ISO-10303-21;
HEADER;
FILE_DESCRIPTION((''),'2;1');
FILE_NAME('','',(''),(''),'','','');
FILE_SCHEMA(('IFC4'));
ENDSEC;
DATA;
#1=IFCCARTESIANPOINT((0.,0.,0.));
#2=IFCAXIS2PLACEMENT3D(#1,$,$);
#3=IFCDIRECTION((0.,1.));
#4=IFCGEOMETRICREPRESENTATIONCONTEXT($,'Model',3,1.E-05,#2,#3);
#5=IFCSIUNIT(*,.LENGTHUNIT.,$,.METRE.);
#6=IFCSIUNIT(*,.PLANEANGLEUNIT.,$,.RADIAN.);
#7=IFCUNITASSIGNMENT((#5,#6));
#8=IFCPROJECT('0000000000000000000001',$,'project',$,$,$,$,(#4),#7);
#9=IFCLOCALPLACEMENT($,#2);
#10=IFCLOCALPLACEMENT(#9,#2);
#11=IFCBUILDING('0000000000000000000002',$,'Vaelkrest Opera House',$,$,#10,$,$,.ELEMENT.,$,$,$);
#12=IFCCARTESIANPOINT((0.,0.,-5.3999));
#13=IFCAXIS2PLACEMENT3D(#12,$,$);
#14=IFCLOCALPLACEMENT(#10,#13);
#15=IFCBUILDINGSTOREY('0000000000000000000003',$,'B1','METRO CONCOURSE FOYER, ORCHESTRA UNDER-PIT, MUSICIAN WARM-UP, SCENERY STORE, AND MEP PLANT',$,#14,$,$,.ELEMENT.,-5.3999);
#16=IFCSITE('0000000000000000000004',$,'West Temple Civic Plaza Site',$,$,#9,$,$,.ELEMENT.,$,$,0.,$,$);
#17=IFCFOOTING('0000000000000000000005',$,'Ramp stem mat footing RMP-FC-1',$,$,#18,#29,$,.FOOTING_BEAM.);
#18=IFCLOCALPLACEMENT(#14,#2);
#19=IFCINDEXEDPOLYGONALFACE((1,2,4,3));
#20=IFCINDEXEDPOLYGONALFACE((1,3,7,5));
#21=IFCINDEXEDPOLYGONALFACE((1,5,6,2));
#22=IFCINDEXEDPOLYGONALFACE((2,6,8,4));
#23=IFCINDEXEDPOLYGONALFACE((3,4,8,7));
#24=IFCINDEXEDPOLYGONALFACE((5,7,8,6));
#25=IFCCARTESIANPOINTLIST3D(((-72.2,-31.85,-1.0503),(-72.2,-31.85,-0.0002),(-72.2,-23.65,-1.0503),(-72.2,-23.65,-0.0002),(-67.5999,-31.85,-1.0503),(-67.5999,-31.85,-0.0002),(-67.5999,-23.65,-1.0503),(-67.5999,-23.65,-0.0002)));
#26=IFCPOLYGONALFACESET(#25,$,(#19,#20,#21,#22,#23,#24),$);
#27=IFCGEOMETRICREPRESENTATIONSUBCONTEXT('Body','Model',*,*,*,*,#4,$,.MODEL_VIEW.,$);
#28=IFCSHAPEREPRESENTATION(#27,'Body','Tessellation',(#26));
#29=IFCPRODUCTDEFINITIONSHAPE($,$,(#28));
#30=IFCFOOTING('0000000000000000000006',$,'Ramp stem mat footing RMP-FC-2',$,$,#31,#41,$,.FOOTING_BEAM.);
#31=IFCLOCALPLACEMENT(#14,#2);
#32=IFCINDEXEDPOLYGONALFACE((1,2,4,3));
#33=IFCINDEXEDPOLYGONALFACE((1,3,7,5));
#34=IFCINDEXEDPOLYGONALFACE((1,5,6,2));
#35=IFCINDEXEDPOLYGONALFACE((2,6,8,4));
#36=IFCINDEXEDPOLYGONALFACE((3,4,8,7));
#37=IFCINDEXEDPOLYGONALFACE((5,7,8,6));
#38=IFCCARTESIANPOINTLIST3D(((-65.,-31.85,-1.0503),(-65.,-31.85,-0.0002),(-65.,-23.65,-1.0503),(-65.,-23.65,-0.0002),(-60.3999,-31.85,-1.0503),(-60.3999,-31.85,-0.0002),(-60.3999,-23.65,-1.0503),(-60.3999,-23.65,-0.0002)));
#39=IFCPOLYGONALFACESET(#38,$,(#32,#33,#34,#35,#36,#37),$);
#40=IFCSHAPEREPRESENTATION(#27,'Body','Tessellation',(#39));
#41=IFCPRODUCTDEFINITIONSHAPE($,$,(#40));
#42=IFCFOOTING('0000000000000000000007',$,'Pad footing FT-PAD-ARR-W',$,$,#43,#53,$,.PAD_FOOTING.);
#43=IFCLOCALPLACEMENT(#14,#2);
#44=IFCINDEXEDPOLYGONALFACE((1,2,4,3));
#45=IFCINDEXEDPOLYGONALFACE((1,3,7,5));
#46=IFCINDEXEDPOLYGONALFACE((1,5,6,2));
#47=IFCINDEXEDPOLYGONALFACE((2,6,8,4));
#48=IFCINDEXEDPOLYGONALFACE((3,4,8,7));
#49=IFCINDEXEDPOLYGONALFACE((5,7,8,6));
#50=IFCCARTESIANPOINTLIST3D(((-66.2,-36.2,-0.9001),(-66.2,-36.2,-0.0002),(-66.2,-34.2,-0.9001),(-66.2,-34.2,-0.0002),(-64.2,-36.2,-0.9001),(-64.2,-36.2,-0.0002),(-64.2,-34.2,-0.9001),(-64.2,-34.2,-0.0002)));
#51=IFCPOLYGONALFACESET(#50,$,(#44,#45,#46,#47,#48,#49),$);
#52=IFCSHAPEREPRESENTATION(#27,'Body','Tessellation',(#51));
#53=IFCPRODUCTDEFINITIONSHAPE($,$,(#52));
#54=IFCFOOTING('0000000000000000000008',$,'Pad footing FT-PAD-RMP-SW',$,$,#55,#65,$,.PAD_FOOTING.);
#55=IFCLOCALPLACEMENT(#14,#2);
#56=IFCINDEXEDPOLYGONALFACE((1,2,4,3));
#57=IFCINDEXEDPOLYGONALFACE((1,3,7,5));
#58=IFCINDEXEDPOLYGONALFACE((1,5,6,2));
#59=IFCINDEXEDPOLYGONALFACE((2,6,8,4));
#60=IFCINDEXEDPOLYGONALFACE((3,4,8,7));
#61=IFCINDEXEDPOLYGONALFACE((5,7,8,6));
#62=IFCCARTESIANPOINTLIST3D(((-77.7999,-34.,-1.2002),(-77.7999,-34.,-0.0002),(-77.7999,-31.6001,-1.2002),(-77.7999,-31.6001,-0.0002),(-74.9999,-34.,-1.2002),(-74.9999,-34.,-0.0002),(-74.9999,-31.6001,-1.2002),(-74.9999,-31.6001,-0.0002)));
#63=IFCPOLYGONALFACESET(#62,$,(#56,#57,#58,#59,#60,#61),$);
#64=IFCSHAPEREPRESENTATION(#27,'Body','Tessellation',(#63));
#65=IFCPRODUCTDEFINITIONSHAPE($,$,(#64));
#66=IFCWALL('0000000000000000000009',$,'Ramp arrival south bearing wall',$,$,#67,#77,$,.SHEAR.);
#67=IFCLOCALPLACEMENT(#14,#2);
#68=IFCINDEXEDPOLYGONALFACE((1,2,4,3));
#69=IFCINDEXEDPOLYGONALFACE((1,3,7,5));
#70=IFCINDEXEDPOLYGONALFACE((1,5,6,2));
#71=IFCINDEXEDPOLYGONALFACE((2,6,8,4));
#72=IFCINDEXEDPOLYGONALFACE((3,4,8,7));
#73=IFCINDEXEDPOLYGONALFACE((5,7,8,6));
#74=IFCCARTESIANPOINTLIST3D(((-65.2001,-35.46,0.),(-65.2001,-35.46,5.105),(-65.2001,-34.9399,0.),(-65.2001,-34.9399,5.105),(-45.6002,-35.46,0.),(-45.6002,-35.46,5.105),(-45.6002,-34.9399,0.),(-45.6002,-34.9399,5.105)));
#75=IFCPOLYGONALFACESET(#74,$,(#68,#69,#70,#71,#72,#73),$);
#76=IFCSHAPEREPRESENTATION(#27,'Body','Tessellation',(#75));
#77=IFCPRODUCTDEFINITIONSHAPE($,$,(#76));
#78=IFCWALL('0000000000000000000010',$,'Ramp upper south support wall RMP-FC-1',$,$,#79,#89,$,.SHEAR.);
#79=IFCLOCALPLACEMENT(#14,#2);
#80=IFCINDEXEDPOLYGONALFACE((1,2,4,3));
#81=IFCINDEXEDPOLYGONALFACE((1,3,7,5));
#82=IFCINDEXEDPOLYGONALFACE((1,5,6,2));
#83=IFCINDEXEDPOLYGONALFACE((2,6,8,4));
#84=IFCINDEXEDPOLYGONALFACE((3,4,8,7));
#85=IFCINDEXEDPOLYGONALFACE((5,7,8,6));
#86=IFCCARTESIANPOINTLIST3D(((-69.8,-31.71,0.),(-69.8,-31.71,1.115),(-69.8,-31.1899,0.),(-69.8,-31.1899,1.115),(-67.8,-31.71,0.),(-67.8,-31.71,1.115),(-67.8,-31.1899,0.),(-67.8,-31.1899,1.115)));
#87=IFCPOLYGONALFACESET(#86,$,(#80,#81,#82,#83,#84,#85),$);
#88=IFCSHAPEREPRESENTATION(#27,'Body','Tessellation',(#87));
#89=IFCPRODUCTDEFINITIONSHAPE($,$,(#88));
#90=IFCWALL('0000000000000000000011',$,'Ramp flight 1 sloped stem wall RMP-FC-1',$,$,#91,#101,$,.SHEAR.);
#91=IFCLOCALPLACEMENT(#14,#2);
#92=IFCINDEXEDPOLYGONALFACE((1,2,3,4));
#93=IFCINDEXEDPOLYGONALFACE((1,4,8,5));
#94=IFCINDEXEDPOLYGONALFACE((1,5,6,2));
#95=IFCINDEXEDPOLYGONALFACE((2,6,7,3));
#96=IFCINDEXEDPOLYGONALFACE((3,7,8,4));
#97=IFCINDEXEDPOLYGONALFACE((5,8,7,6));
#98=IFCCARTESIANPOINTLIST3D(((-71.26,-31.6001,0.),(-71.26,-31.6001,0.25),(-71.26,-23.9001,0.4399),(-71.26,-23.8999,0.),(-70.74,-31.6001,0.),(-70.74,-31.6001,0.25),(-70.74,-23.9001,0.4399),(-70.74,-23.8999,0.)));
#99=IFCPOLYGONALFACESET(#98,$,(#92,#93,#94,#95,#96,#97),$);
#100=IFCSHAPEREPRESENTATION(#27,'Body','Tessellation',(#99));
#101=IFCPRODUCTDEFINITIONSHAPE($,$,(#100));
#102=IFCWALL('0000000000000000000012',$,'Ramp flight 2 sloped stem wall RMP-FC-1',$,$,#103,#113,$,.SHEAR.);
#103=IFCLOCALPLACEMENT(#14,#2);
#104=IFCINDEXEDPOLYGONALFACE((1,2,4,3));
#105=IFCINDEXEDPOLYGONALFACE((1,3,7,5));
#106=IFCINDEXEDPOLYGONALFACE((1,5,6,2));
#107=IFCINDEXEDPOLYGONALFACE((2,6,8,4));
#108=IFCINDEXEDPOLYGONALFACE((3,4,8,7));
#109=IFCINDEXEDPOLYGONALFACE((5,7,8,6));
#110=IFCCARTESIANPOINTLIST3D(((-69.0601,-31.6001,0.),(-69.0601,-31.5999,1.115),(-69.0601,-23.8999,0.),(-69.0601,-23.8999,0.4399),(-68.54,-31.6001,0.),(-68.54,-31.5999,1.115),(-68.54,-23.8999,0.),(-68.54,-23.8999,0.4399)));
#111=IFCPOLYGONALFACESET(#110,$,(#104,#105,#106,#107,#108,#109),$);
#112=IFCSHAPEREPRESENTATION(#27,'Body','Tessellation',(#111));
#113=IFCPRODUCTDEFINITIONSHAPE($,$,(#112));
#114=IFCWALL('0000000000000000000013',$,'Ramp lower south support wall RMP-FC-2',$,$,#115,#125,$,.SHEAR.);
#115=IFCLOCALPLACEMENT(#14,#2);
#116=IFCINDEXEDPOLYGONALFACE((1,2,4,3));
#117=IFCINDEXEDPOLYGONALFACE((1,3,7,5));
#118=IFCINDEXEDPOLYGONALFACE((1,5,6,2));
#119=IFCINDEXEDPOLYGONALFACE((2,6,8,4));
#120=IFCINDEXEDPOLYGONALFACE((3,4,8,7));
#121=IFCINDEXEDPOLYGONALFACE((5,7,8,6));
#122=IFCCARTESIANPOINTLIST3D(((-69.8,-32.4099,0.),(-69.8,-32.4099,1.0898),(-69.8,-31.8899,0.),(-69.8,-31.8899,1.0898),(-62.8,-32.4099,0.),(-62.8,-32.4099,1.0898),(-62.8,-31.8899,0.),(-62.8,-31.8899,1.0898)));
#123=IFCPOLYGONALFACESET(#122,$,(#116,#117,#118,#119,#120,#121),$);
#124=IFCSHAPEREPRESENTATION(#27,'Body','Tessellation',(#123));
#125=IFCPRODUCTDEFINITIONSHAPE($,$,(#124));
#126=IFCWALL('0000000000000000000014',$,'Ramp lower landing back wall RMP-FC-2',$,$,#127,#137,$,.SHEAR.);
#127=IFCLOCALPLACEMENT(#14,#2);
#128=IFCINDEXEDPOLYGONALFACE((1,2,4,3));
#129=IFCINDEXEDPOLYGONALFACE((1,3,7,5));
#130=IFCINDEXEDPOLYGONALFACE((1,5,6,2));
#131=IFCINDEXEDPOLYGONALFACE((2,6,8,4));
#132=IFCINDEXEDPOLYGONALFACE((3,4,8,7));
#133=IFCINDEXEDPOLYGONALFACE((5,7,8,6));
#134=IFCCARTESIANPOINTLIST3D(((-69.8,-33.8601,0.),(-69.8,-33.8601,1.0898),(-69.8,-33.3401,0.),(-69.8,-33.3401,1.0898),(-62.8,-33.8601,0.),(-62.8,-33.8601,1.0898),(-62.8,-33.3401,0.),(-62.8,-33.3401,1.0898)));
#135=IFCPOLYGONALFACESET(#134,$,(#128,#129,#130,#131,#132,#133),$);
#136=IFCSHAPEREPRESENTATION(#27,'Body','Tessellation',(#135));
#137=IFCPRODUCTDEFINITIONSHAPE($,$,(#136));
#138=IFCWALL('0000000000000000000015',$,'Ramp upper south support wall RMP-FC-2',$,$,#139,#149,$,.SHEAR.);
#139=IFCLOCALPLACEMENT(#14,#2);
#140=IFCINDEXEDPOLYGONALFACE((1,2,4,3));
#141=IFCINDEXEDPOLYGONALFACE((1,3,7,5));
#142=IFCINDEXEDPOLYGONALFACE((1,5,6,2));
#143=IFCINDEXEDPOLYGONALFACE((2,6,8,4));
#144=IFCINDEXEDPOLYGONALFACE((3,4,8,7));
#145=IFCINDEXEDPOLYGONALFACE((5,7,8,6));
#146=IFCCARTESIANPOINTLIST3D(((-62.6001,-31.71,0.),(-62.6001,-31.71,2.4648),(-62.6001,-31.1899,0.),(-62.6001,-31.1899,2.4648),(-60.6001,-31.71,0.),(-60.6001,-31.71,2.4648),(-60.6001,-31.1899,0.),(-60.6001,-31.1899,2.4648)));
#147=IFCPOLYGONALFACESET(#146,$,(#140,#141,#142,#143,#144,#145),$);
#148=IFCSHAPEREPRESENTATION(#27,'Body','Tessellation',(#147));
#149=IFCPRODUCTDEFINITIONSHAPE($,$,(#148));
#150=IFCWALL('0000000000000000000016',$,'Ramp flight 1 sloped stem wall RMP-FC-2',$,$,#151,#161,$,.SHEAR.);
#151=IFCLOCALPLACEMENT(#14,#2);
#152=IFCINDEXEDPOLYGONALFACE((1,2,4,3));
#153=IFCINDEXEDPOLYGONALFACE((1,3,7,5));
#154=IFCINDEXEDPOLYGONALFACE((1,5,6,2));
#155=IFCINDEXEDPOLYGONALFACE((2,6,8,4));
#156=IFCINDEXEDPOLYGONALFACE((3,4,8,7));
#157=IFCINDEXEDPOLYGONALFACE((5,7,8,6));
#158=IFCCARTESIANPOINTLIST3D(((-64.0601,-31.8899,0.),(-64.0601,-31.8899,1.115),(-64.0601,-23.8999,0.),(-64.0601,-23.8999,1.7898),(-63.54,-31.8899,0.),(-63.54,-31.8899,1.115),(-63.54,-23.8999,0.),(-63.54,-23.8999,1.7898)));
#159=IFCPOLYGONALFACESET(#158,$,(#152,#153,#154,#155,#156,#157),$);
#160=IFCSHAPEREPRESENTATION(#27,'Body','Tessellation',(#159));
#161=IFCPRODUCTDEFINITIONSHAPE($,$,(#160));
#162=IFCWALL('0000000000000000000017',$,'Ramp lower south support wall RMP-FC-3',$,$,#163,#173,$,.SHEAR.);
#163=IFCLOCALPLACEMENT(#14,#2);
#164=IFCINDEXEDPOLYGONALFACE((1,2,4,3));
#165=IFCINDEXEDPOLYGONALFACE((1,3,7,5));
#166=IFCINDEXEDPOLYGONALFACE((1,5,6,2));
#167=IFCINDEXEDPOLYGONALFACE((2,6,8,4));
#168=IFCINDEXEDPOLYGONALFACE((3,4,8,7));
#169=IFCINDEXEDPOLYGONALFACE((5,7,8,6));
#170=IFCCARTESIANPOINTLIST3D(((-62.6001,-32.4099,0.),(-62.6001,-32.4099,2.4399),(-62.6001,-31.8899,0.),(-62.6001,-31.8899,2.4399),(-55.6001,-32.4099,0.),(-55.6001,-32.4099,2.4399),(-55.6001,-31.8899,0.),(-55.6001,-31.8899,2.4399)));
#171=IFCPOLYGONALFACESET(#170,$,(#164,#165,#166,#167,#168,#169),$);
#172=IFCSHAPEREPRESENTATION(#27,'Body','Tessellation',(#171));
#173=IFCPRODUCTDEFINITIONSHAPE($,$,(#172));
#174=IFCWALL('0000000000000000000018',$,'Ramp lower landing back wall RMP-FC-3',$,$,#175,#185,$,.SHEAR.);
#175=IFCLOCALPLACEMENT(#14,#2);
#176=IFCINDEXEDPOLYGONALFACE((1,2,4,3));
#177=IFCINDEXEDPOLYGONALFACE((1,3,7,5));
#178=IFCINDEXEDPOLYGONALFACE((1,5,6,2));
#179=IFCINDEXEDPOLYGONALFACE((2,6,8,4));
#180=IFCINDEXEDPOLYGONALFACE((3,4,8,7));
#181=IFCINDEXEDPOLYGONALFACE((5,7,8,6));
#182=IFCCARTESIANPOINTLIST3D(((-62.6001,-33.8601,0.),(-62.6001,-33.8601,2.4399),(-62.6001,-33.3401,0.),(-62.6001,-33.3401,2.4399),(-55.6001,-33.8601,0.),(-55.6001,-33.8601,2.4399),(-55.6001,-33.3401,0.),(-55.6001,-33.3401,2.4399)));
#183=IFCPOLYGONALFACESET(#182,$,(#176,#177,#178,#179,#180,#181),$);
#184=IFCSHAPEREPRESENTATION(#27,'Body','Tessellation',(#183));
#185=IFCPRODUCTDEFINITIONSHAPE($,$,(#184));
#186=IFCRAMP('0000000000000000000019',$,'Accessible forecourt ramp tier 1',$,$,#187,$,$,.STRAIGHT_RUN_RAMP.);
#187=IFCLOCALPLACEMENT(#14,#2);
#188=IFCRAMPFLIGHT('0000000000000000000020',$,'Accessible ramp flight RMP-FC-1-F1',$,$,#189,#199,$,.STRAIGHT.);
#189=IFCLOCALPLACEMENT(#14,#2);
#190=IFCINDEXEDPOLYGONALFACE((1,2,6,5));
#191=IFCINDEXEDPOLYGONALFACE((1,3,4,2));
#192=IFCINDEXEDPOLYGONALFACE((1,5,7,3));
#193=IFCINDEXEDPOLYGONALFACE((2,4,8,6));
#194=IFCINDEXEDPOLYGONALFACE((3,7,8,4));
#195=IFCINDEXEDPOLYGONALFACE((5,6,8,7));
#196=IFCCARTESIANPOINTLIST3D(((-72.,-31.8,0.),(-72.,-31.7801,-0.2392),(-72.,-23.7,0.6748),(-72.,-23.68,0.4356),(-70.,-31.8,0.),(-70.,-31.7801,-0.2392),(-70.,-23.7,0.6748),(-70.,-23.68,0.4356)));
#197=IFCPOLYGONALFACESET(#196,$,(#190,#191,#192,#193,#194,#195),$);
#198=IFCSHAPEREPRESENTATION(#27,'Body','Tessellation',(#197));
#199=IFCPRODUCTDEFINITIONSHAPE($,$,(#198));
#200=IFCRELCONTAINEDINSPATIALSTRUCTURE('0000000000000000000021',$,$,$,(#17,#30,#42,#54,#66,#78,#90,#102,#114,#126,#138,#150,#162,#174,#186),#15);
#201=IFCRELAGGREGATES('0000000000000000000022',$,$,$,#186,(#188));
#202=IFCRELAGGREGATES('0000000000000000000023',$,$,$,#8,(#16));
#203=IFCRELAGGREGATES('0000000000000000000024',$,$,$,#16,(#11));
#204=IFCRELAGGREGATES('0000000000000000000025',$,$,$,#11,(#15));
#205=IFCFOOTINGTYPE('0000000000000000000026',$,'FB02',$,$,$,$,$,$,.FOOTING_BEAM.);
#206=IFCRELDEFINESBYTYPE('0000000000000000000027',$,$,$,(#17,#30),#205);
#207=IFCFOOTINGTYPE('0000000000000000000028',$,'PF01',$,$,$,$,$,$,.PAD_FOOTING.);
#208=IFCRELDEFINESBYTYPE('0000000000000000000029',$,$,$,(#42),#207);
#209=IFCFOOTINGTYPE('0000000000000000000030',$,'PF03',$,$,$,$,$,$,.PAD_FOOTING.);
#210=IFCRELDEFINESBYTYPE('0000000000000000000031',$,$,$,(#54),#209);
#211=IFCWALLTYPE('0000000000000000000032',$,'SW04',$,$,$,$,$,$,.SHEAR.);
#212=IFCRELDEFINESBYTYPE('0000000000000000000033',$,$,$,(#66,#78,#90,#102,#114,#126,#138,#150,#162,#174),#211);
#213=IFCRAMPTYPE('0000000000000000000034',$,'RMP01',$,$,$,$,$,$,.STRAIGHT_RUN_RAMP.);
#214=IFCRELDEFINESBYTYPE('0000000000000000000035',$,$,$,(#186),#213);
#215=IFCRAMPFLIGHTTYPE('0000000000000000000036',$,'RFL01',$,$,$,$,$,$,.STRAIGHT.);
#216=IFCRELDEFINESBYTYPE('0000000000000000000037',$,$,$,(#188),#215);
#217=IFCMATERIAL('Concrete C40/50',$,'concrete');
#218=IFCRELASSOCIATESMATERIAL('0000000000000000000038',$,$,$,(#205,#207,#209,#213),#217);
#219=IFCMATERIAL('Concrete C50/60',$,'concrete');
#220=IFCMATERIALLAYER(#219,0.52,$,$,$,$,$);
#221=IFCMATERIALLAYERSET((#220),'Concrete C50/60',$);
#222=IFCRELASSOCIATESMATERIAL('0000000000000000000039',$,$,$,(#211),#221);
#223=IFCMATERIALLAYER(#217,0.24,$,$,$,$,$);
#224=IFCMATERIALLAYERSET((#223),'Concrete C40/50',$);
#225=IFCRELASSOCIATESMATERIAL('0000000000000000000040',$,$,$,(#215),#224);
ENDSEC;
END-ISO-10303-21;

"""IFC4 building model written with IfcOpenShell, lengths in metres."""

from ifc_helpers import new_model, si_unit, direction, frame, frame_2d, origin, origin_2d, place, context, subcontext, project, spatial, polyline, rectangle, outline, extrude, material, layer, layer_set, type_object, element, aggregate, save


model = new_model("IFC4")

# Units and contexts
model_context = context("Model", 3, precision=1e-05, world=origin(), true_north=direction((0.0, 1.0)))
body_context = subcontext(model_context, "Body", "Model", "MODEL_VIEW")
ifc_project = project(units=[si_unit("LENGTHUNIT", "METRE"), si_unit("PLANEANGLEUNIT", "RADIAN")], contexts=[model_context])

# Site, building, storey
site_placement = place(None, origin())
site = spatial("IfcSite", under=ifc_project, at=site_placement, Name="West Temple Civic Plaza Site", CompositionType="ELEMENT", RefElevation=0.0)
building_placement = place(site_placement, origin())
building = spatial("IfcBuilding", under=site, at=building_placement, Name="Vaelkrest Opera House", CompositionType="ELEMENT")
storey_placement = place(building_placement, frame((0.0, 0.0, -5.3999)))
storey = spatial("IfcBuildingStorey", under=building, at=storey_placement, Name="B1", Description="METRO CONCOURSE FOYER, ORCHESTRA UNDER-PIT, MUSICIAN WARM-UP, SCENERY STORE, AND MEP PLANT", CompositionType="ELEMENT", Elevation=-5.3999)

# Footings
ifc_material_1 = material(Name="Concrete C40/50", Category="concrete")
footing_type_1 = type_object("IfcFootingType", Name="FB02", PredefinedType="FOOTING_BEAM", material=ifc_material_1)
for number, where, z_axis, x_axis, name in (
    (1, (-69.8999, -27.75, -1.0503), (0.0, 0.0, 1.0), (1.0, 0.0, 0.0), "Ramp stem mat footing RMP-FC-1"),
    (2, (-62.7, -27.75, -1.0503), (0.0, 0.0, 1.0), (1.0, 0.0, 0.0), "Ramp stem mat footing RMP-FC-2"),
):
    element("IfcFooting", number, at=place(storey_placement, frame(where, z_axis=z_axis, x_axis=x_axis)), inside=storey, type_object=footing_type_1, Name=name, PredefinedType="FOOTING_BEAM", context=body_context, shape_type="SweptSolid", body=[
        extrude(rectangle(XDim=4.6001, YDim=8.2, at=origin_2d()), origin(), (0.0, 0.0, 1.0), 1.05),
    ])
footing_type_2 = type_object("IfcFootingType", Name="PF01", PredefinedType="PAD_FOOTING", material=ifc_material_1)
footing_1_placement = place(storey_placement, frame((-65.2, -35.2, -0.9001), z_axis=(0.0, 0.0, 1.0), x_axis=(1.0, 0.0, 0.0)))
element("IfcFooting", 3, at=footing_1_placement, inside=storey, type_object=footing_type_2, Name="Pad footing FT-PAD-ARR-W", PredefinedType="PAD_FOOTING", context=body_context, shape_type="SweptSolid", body=[
    extrude(rectangle(XDim=2.0, YDim=2.0, at=origin_2d()), origin(), (0.0, 0.0, 1.0), 0.8999),
])
footing_type_3 = type_object("IfcFootingType", Name="PF03", PredefinedType="PAD_FOOTING", material=ifc_material_1)
footing_2_placement = place(storey_placement, frame((-76.3999, -32.8, -1.2002), z_axis=(0.0, 0.0, 1.0), x_axis=(1.0, 0.0, 0.0)))
element("IfcFooting", 4, at=footing_2_placement, inside=storey, type_object=footing_type_3, Name="Pad footing FT-PAD-RMP-SW", PredefinedType="PAD_FOOTING", context=body_context, shape_type="SweptSolid", body=[
    extrude(rectangle(XDim=2.8, YDim=2.3999, at=origin_2d()), origin(), (0.0, 0.0, 1.0), 1.2),
])

# Walls
ifc_material_2 = material(Name="Concrete C50/60", Category="concrete")
ifc_layer_1 = layer(ifc_material_2, 0.52)
ifc_layer_set_1 = layer_set([ifc_layer_1], Name="Concrete C50/60")
wall_type = type_object("IfcWallType", Name="SW04", PredefinedType="SHEAR", material=ifc_layer_set_1)
wall_1_placement = place(storey_placement, frame((-65.2, -35.2, 0.0), z_axis=(0.0, 0.0, 1.0), x_axis=(1.0, 0.0, 0.0)))
element("IfcWall", 5, at=wall_1_placement, inside=storey, type_object=wall_type, Name="Ramp arrival south bearing wall", PredefinedType="SHEAR", context=body_context, shape_type="SweptSolid", body=[
    extrude(rectangle(XDim=19.5999, YDim=0.52, at=frame_2d((9.7998, 0.0))), origin(), (0.0, 0.0, 1.0), 5.105),
])
wall_2_placement = place(storey_placement, frame((-69.8, -31.45, 0.0), z_axis=(0.0, 0.0, 1.0), x_axis=(1.0, 0.0, 0.0)))
element("IfcWall", 6, at=wall_2_placement, inside=storey, type_object=wall_type, Name="Ramp upper south support wall RMP-FC-1", PredefinedType="SHEAR", context=body_context, shape_type="SweptSolid", body=[
    extrude(rectangle(XDim=2.0, YDim=0.52, at=frame_2d((1.0, 0.0))), origin(), (0.0, 0.0, 1.0), 1.115),
])
wall_3_placement = place(storey_placement, frame((-71.0, -31.6001, 0.0), z_axis=(0.0, 0.0, 1.0), x_axis=(0.0, 1.0, 0.0)))
element("IfcWall", 7, at=wall_3_placement, inside=storey, type_object=wall_type, Name="Ramp flight 1 sloped stem wall RMP-FC-1", PredefinedType="SHEAR", context=body_context, shape_type="SweptSolid", body=[
    extrude(outline(polyline([(0.0, 0.0), (7.7002, 0.0), (7.7, 0.4399), (0.0, 0.25), (0.0, 0.0)])), frame((0.0, 0.26, 0.0), z_axis=(0.0, -1.0, 0.0), x_axis=(1.0, 0.0, 0.0)), (0.0, 0.0, 1.0), 0.52),
])
wall_4_placement = place(storey_placement, frame((-68.8, -23.8999, 0.0), z_axis=(0.0, 0.0, 1.0), x_axis=(0.0, -1.0, 0.0)))
element("IfcWall", 8, at=wall_4_placement, inside=storey, type_object=wall_type, Name="Ramp flight 2 sloped stem wall RMP-FC-1", PredefinedType="SHEAR", context=body_context, shape_type="SweptSolid", body=[
    extrude(outline(polyline([(0.0, 0.0), (7.7002, 0.0), (7.7, 1.115), (0.0, 0.4399), (0.0, 0.0)])), frame((0.0, 0.26, 0.0), z_axis=(0.0, -1.0, 0.0), x_axis=(1.0, 0.0, 0.0)), (0.0, 0.0, 1.0), 0.52),
])
for number, where, z_axis, x_axis, name in (
    (9, (-69.8, -32.1499, 0.0), (0.0, 0.0, 1.0), (1.0, 0.0, 0.0), "Ramp lower south support wall RMP-FC-2"),
    (10, (-69.8, -33.6001, 0.0), (0.0, 0.0, 1.0), (1.0, 0.0, 0.0), "Ramp lower landing back wall RMP-FC-2"),
):
    element("IfcWall", number, at=place(storey_placement, frame(where, z_axis=z_axis, x_axis=x_axis)), inside=storey, type_object=wall_type, Name=name, PredefinedType="SHEAR", context=body_context, shape_type="SweptSolid", body=[
        extrude(rectangle(XDim=7.0, YDim=0.52, at=frame_2d((3.5, 0.0))), origin(), (0.0, 0.0, 1.0), 1.0898),
    ])
wall_5_placement = place(storey_placement, frame((-62.6001, -31.45, 0.0), z_axis=(0.0, 0.0, 1.0), x_axis=(1.0, 0.0, 0.0)))
element("IfcWall", 11, at=wall_5_placement, inside=storey, type_object=wall_type, Name="Ramp upper south support wall RMP-FC-2", PredefinedType="SHEAR", context=body_context, shape_type="SweptSolid", body=[
    extrude(rectangle(XDim=2.0, YDim=0.52, at=frame_2d((1.0, 0.0))), origin(), (0.0, 0.0, 1.0), 2.4648),
])
wall_6_placement = place(storey_placement, frame((-63.8, -31.8899, 0.0), z_axis=(0.0, 0.0, 1.0), x_axis=(0.0, 1.0, 0.0)))
element("IfcWall", 12, at=wall_6_placement, inside=storey, type_object=wall_type, Name="Ramp flight 1 sloped stem wall RMP-FC-2", PredefinedType="SHEAR", context=body_context, shape_type="SweptSolid", body=[
    extrude(outline(polyline([(0.0, 0.0), (7.99, 0.0), (7.99, 1.7898), (0.0, 1.115), (0.0, 0.0)])), frame((0.0, 0.26, 0.0), z_axis=(0.0, -1.0, 0.0), x_axis=(1.0, 0.0, 0.0)), (0.0, 0.0, 1.0), 0.52),
])
for number, where, z_axis, x_axis, name in (
    (13, (-62.6001, -32.1499, 0.0), (0.0, 0.0, 1.0), (1.0, 0.0, 0.0), "Ramp lower south support wall RMP-FC-3"),
    (14, (-62.6001, -33.6001, 0.0), (0.0, 0.0, 1.0), (1.0, 0.0, 0.0), "Ramp lower landing back wall RMP-FC-3"),
):
    element("IfcWall", number, at=place(storey_placement, frame(where, z_axis=z_axis, x_axis=x_axis)), inside=storey, type_object=wall_type, Name=name, PredefinedType="SHEAR", context=body_context, shape_type="SweptSolid", body=[
        extrude(rectangle(XDim=7.0, YDim=0.52, at=frame_2d((3.5, 0.0))), origin(), (0.0, 0.0, 1.0), 2.4399),
    ])

# Ramp, ramp flight
ramp_type = type_object("IfcRampType", Name="RMP01", PredefinedType="STRAIGHT_RUN_RAMP", material=ifc_material_1)
ramp_1_placement = place(storey_placement, origin())
ramp_1 = element("IfcRamp", 15, at=ramp_1_placement, inside=storey, type_object=ramp_type, Name="Accessible forecourt ramp tier 1", PredefinedType="STRAIGHT_RUN_RAMP")
ifc_layer_2 = layer(ifc_material_1, 0.24)
ifc_layer_set_2 = layer_set([ifc_layer_2], Name="Concrete C40/50")
ramp_flight_type = type_object("IfcRampFlightType", Name="RFL01", PredefinedType="STRAIGHT", material=ifc_layer_set_2)
ramp_flight_1_placement = place(storey_placement, frame((-72.0, -31.8, 0.0), z_axis=(0.0, -0.083021, 0.996548), x_axis=(1.0, 0.0, 0.0)))
ramp_flight_1 = element("IfcRampFlight", 16, at=ramp_flight_1_placement, type_object=ramp_flight_type, Name="Accessible ramp flight RMP-FC-1-F1", PredefinedType="STRAIGHT", context=body_context, shape_type="SweptSolid", body=[
    extrude(outline(polyline([(0.0, 0.0), (2.0, 0.0), (2.0, 8.1282), (0.0, 8.1282), (0.0, 0.0)])), origin(), (0.0, 0.0, -1.0), 0.24),
])
aggregate(ramp_1, [ramp_flight_1])

save(model, "model.ifc")
